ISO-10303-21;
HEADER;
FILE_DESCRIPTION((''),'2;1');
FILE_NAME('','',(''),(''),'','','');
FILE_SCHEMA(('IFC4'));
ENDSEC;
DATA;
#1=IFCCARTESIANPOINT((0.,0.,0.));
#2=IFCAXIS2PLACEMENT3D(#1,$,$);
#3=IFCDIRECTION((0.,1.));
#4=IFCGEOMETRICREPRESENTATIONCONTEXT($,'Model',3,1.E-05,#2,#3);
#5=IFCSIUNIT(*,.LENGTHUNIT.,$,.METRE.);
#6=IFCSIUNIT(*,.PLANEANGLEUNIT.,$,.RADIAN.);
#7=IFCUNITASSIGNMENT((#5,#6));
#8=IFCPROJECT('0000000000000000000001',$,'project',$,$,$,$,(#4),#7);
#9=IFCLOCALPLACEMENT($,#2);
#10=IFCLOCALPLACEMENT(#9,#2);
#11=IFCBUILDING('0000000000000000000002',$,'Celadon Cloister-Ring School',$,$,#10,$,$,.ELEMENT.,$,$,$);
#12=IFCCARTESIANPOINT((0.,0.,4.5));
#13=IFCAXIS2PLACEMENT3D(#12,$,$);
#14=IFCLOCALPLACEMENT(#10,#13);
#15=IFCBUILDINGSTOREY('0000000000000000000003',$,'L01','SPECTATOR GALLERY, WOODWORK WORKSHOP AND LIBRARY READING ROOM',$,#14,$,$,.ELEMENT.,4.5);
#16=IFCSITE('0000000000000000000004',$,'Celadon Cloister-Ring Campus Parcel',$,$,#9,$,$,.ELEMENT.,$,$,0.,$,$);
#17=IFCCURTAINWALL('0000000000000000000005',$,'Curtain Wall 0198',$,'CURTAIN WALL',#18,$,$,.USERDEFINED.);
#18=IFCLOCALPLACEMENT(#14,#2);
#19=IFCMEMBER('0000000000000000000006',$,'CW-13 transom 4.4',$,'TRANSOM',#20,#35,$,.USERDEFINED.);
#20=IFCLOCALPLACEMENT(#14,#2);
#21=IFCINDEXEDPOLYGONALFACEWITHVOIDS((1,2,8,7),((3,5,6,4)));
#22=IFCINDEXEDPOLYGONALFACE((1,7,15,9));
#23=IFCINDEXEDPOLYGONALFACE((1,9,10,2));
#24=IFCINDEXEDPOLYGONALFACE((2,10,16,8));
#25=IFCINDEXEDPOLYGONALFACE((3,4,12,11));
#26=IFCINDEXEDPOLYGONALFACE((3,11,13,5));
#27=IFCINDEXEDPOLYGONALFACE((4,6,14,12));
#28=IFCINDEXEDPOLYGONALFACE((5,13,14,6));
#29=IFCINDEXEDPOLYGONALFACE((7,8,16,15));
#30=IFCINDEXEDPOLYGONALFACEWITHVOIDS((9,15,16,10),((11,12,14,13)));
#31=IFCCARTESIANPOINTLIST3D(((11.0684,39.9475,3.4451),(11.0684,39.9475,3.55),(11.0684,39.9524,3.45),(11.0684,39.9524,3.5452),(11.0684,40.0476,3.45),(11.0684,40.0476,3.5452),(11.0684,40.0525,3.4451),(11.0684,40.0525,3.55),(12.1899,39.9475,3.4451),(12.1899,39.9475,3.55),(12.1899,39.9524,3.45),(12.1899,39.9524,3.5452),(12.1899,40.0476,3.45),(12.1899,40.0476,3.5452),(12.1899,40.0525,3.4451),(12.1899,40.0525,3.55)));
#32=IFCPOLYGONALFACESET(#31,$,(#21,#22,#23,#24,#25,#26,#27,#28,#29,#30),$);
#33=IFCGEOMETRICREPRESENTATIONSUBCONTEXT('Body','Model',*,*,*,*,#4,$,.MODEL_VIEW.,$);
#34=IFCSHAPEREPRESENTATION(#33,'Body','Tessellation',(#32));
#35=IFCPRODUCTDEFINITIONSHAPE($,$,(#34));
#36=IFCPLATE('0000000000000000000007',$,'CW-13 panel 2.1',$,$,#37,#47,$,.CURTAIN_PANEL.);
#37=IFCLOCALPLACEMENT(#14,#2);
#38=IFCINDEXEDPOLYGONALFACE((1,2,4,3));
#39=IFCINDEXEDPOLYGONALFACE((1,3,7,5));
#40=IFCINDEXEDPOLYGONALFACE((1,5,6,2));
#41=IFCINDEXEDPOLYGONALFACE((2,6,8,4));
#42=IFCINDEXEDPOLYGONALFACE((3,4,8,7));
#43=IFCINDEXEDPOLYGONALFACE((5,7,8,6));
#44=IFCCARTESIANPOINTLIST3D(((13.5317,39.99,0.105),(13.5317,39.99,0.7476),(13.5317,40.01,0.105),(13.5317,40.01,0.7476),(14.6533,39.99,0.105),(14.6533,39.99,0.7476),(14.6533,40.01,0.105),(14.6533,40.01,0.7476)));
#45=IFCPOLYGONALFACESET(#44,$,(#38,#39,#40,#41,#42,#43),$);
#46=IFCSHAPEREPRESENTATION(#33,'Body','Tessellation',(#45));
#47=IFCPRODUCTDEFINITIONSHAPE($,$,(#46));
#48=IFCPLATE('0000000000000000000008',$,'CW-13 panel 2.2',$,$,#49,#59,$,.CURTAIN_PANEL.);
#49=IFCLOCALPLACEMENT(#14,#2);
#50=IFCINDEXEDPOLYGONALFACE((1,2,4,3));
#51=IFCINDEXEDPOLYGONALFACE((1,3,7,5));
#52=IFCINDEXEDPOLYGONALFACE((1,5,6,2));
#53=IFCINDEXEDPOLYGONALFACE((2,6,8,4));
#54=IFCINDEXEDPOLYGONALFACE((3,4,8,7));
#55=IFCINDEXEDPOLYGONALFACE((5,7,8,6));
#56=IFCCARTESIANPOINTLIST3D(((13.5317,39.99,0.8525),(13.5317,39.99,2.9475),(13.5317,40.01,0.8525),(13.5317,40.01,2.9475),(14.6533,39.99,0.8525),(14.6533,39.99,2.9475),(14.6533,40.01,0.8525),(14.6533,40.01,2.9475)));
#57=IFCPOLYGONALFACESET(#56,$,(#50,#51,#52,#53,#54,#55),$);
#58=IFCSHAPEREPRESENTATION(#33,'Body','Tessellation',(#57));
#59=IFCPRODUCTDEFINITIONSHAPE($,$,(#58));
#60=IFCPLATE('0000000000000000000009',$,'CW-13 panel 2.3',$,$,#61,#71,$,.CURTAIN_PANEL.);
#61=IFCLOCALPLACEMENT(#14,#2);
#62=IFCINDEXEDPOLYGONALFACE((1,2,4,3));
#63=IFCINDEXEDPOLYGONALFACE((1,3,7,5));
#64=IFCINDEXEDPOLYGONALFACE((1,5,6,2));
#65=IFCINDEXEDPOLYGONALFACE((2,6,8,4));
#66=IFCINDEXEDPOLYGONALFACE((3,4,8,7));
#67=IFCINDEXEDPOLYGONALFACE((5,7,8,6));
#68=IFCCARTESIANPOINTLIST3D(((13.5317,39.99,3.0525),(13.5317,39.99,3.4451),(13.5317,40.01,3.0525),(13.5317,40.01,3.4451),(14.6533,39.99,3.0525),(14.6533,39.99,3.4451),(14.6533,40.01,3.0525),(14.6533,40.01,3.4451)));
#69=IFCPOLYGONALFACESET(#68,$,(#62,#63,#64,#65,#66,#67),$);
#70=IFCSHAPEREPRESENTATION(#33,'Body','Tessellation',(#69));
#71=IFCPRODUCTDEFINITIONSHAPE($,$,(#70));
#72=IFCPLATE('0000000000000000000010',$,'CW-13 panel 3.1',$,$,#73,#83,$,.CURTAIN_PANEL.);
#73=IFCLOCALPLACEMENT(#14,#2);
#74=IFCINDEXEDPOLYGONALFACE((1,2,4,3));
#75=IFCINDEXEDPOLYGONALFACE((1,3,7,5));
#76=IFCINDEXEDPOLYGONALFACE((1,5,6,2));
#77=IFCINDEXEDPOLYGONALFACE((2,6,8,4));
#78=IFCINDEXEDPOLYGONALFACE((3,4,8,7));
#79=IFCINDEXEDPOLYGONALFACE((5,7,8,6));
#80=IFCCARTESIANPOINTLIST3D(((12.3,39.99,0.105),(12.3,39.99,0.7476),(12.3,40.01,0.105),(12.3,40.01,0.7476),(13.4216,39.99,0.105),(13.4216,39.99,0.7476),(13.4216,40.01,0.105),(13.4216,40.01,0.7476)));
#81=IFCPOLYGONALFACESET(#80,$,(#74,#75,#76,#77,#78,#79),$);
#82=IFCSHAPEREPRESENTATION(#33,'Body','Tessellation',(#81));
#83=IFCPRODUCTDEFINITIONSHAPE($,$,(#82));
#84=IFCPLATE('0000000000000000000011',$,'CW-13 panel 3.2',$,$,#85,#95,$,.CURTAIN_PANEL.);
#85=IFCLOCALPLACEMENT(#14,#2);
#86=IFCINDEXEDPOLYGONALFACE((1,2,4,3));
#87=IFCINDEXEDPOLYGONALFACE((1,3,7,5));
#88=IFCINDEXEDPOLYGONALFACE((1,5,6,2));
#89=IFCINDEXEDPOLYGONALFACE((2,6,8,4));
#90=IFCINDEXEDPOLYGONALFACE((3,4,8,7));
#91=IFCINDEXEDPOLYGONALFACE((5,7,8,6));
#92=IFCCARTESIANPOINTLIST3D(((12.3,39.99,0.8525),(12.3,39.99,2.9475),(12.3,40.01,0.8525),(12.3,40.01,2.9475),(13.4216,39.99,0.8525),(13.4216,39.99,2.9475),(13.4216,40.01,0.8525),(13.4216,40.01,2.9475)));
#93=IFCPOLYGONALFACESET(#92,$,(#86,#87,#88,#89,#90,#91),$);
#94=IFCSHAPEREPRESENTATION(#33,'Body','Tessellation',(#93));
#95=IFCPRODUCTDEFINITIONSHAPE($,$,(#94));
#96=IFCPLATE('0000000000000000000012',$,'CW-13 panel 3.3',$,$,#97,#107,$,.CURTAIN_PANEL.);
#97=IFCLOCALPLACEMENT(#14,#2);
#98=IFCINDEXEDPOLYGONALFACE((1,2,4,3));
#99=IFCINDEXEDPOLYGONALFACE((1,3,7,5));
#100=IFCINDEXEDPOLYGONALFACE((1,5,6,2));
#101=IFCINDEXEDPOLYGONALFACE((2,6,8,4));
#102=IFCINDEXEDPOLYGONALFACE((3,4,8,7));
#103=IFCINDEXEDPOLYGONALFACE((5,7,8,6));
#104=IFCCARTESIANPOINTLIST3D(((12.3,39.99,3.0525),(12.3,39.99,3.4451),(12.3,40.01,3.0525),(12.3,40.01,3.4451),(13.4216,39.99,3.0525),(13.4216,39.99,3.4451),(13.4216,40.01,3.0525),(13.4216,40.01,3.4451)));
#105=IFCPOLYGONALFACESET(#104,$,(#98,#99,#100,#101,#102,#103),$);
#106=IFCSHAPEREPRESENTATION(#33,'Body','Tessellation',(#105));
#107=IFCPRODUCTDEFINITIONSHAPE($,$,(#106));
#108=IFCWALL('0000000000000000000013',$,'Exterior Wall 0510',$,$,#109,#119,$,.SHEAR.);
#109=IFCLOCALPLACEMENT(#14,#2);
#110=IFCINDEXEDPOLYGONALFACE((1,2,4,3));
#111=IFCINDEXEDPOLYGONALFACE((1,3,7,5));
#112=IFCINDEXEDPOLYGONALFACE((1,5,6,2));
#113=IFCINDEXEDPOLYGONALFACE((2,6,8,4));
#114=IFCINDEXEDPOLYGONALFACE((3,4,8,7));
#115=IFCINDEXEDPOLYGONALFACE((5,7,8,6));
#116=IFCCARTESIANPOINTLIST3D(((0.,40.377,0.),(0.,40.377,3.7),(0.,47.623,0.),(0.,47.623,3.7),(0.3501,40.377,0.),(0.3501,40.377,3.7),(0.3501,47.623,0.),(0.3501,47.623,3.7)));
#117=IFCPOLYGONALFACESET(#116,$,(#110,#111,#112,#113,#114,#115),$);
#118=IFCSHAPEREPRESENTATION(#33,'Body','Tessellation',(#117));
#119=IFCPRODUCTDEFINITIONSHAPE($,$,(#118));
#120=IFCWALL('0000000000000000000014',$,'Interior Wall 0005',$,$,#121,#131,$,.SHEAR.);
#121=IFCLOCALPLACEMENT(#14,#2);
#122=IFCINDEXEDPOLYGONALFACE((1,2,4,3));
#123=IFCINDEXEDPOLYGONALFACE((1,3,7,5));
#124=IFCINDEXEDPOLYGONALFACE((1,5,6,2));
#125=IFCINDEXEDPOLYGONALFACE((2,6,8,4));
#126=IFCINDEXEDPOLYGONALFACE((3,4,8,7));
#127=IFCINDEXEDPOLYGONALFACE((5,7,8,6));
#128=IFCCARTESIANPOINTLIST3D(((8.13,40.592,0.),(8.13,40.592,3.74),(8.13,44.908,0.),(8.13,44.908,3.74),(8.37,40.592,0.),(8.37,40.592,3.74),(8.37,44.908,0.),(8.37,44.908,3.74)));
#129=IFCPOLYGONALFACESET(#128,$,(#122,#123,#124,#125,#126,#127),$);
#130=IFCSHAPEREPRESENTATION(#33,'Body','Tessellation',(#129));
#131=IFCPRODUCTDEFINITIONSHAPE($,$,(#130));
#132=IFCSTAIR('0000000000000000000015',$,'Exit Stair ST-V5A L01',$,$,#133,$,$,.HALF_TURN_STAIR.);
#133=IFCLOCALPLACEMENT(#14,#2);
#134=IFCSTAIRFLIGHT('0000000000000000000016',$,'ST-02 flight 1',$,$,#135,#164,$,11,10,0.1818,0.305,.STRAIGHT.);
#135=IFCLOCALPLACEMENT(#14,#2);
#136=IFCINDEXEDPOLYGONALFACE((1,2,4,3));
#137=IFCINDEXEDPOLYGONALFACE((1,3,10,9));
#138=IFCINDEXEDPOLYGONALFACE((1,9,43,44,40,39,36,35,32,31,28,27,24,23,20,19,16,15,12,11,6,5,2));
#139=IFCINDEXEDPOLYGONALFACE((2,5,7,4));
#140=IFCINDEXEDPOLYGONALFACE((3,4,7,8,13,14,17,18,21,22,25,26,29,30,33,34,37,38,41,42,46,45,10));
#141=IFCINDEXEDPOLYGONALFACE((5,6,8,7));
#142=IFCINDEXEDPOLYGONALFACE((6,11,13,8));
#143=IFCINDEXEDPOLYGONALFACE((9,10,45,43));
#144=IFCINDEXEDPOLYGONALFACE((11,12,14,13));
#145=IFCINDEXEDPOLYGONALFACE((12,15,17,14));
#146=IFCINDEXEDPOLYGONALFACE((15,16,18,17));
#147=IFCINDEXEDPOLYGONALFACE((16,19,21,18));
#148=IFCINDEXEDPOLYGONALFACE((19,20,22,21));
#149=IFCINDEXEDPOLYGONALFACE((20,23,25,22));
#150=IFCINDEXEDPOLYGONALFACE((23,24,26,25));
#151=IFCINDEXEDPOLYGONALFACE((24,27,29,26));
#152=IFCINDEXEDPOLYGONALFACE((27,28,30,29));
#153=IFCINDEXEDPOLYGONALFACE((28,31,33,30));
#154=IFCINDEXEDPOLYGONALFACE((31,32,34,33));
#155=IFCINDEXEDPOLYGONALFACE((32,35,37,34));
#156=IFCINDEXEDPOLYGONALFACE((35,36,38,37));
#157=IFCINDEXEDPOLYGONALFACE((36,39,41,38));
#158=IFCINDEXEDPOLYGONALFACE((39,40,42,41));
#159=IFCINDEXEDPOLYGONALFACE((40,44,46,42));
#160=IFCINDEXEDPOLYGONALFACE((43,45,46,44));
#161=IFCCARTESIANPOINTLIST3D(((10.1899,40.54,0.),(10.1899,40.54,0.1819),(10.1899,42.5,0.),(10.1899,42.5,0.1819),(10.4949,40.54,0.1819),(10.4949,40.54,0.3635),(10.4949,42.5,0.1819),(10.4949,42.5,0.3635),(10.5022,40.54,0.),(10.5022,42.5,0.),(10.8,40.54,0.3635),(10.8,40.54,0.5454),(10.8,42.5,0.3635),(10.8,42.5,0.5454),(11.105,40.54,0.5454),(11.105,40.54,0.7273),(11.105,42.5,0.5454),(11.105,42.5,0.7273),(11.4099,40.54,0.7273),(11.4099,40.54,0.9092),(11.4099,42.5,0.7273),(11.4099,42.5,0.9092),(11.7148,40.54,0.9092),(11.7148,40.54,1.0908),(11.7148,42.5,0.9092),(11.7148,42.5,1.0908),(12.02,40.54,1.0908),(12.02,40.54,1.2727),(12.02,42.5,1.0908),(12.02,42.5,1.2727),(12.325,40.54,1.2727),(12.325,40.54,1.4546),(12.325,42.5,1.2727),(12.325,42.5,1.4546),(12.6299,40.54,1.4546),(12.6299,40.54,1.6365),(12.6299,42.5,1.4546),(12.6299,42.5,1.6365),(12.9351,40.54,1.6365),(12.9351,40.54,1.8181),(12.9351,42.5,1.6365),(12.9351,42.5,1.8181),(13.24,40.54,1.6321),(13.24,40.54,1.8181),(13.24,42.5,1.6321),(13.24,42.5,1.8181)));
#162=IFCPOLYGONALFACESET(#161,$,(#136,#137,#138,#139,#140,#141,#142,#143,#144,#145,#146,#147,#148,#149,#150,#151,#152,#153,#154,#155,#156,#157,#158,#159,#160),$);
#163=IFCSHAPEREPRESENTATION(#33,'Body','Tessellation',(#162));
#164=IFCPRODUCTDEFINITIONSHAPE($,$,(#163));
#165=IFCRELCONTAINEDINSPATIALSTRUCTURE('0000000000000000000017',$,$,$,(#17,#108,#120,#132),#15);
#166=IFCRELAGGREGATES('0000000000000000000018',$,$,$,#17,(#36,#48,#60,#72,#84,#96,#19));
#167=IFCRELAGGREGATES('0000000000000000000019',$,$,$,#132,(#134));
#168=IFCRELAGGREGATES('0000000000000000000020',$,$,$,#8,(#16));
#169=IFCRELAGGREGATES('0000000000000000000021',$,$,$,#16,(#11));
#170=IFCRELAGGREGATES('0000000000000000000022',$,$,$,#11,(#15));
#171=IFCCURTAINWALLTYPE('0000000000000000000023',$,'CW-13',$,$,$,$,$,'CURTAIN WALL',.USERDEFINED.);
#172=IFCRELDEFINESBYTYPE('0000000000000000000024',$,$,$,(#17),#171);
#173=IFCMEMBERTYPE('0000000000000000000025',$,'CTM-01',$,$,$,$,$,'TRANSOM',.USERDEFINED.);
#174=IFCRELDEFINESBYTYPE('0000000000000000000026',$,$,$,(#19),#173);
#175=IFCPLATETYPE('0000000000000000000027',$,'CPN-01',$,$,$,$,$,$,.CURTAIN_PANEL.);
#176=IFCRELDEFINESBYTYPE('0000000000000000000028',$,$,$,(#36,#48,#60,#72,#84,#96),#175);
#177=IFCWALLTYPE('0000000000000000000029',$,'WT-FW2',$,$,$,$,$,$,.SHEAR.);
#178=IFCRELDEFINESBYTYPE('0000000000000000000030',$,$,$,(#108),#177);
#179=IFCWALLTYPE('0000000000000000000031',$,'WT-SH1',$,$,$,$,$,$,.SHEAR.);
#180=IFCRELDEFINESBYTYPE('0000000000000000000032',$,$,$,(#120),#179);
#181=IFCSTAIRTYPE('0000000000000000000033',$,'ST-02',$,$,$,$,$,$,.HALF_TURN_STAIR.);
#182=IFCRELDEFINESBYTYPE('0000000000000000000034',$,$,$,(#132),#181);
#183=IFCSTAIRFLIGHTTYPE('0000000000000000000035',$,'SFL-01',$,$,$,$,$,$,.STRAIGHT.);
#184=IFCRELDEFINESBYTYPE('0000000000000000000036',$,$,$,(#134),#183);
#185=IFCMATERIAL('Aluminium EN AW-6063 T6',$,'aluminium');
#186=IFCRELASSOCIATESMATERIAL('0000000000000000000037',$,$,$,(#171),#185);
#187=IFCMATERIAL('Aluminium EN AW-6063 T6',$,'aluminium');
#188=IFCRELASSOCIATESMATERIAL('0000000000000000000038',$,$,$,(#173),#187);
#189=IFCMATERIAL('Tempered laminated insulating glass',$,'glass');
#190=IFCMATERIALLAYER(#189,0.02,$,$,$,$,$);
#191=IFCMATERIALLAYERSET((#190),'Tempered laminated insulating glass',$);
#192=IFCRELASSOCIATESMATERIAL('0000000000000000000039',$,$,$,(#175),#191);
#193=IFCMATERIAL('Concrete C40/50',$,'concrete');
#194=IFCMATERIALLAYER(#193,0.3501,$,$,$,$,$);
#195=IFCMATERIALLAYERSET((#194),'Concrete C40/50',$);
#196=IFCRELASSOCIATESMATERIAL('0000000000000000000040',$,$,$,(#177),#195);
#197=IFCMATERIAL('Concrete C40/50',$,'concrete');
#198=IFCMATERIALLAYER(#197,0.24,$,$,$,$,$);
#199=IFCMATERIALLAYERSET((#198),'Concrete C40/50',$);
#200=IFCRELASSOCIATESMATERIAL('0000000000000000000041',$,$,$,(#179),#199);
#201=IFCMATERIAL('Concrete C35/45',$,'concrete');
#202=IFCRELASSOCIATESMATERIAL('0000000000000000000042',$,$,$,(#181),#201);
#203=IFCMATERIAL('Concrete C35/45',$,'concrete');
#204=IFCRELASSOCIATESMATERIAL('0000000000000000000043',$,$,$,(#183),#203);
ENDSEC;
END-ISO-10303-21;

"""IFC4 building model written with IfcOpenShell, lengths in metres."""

from ifc_helpers import new_model, si_unit, direction, frame, frame_2d, origin, origin_2d, place, context, subcontext, project, spatial, polyline, rectangle, hollow_rectangle, outline, extrude, material, layer, layer_set, material_profile, profile_set, type_object, element, aggregate, save


model = new_model("IFC4")

# Units and contexts
model_context = context("Model", 3, precision=1e-05, world=origin(), true_north=direction((0.0, 1.0)))
body_context = subcontext(model_context, "Body", "Model", "MODEL_VIEW")
ifc_project = project(units=[si_unit("LENGTHUNIT", "METRE"), si_unit("PLANEANGLEUNIT", "RADIAN")], contexts=[model_context])

# Site, building, storey
site_placement = place(None, origin())
site = spatial("IfcSite", under=ifc_project, at=site_placement, Name="Celadon Cloister-Ring Campus Parcel", CompositionType="ELEMENT", RefElevation=0.0)
building_placement = place(site_placement, origin())
building = spatial("IfcBuilding", under=site, at=building_placement, Name="Celadon Cloister-Ring School", CompositionType="ELEMENT")
storey_placement = place(building_placement, frame((0.0, 0.0, 4.5)))
storey = spatial("IfcBuildingStorey", under=building, at=storey_placement, Name="L01", Description="SPECTATOR GALLERY, WOODWORK WORKSHOP AND LIBRARY READING ROOM", CompositionType="ELEMENT", Elevation=4.5)

# Curtain wall, member, plates
ifc_material_1 = material(Name="Aluminium EN AW-6063 T6", Category="aluminium")
curtain_wall_type = type_object("IfcCurtainWallType", Name="CW-13", ElementType="CURTAIN WALL", PredefinedType="USERDEFINED", material=ifc_material_1)
curtain_wall_placement = place(storey_placement, origin())
curtain_wall = element("IfcCurtainWall", 1, at=curtain_wall_placement, inside=storey, type_object=curtain_wall_type, Name="Curtain Wall 0198", ObjectType="CURTAIN WALL", PredefinedType="USERDEFINED")
ifc_material_2 = material(Name="Aluminium EN AW-6063 T6", Category="aluminium")
ifc_material_profile_1 = material_profile(ifc_material_2, hollow_rectangle(XDim=0.105, YDim=0.105, WallThickness=0.0049, at=origin_2d()), Name="RHS105X105X5")
ifc_profile_set_1 = profile_set([ifc_material_profile_1], Name="Aluminium EN AW-6063 T6")
member_type_1 = type_object("IfcMemberType", Name="CTM-01", ElementType="TRANSOM", PredefinedType="USERDEFINED", material=ifc_profile_set_1)
member_1_placement = place(storey_placement, frame((12.1899, 40.0, 3.4976), z_axis=(-1.0, 0.0, 0.0), x_axis=(0.0, -1.0, 0.0)))
member_1 = element("IfcMember", 2, at=member_1_placement, type_object=member_type_1, Name="CW-13 transom 4.4", ObjectType="TRANSOM", PredefinedType="USERDEFINED", context=body_context, shape_type="SweptSolid", body=[
    extrude(hollow_rectangle(XDim=0.105, YDim=0.105, WallThickness=0.0049, at=origin_2d()), origin(), (0.0, 0.0, 1.0), 1.1216),
])
ifc_material_3 = material(Name="Tempered laminated insulating glass", Category="glass")
ifc_layer_1 = layer(ifc_material_3, 0.02)
ifc_layer_set_1 = layer_set([ifc_layer_1], Name="Tempered laminated insulating glass")
plate_type = type_object("IfcPlateType", Name="CPN-01", PredefinedType="CURTAIN_PANEL", material=ifc_layer_set_1)
plate_1_placement = place(storey_placement, frame((14.0925, 40.0, 0.105), z_axis=(0.0, 0.0, 1.0), x_axis=(-1.0, 0.0, 0.0)))
plate_1 = element("IfcPlate", 3, at=plate_1_placement, type_object=plate_type, Name="CW-13 panel 2.1", PredefinedType="CURTAIN_PANEL", context=body_context, shape_type="SweptSolid", body=[
    extrude(rectangle(XDim=1.1216, YDim=0.02, at=origin_2d()), origin(), (0.0, 0.0, 1.0), 0.6426),
])
plate_2_placement = place(storey_placement, frame((14.0925, 40.0, 0.8525), z_axis=(0.0, 0.0, 1.0), x_axis=(-1.0, 0.0, 0.0)))
plate_2 = element("IfcPlate", 4, at=plate_2_placement, type_object=plate_type, Name="CW-13 panel 2.2", PredefinedType="CURTAIN_PANEL", context=body_context, shape_type="SweptSolid", body=[
    extrude(rectangle(XDim=1.1216, YDim=0.02, at=origin_2d()), origin(), (0.0, 0.0, 1.0), 2.095),
])
plate_3_placement = place(storey_placement, frame((14.0925, 40.0, 3.0525), z_axis=(0.0, 0.0, 1.0), x_axis=(-1.0, 0.0, 0.0)))
plate_3 = element("IfcPlate", 5, at=plate_3_placement, type_object=plate_type, Name="CW-13 panel 2.3", PredefinedType="CURTAIN_PANEL", context=body_context, shape_type="SweptSolid", body=[
    extrude(rectangle(XDim=1.1216, YDim=0.02, at=origin_2d()), origin(), (0.0, 0.0, 1.0), 0.3926),
])
plate_4_placement = place(storey_placement, frame((12.8608, 40.0, 0.105), z_axis=(0.0, 0.0, 1.0), x_axis=(-1.0, 0.0, 0.0)))
plate_4 = element("IfcPlate", 6, at=plate_4_placement, type_object=plate_type, Name="CW-13 panel 3.1", PredefinedType="CURTAIN_PANEL", context=body_context, shape_type="SweptSolid", body=[
    extrude(rectangle(XDim=1.1216, YDim=0.02, at=origin_2d()), origin(), (0.0, 0.0, 1.0), 0.6426),
])
plate_5_placement = place(storey_placement, frame((12.8608, 40.0, 0.8525), z_axis=(0.0, 0.0, 1.0), x_axis=(-1.0, 0.0, 0.0)))
plate_5 = element("IfcPlate", 7, at=plate_5_placement, type_object=plate_type, Name="CW-13 panel 3.2", PredefinedType="CURTAIN_PANEL", context=body_context, shape_type="SweptSolid", body=[
    extrude(rectangle(XDim=1.1216, YDim=0.02, at=origin_2d()), origin(), (0.0, 0.0, 1.0), 2.095),
])
plate_6_placement = place(storey_placement, frame((12.8608, 40.0, 3.0525), z_axis=(0.0, 0.0, 1.0), x_axis=(-1.0, 0.0, 0.0)))
plate_6 = element("IfcPlate", 8, at=plate_6_placement, type_object=plate_type, Name="CW-13 panel 3.3", PredefinedType="CURTAIN_PANEL", context=body_context, shape_type="SweptSolid", body=[
    extrude(rectangle(XDim=1.1216, YDim=0.02, at=origin_2d()), origin(), (0.0, 0.0, 1.0), 0.3926),
])
aggregate(curtain_wall, [plate_1, plate_2, plate_3, plate_4, plate_5, plate_6, member_1])

# Walls
ifc_material_4 = material(Name="Concrete C40/50", Category="concrete")
ifc_layer_2 = layer(ifc_material_4, 0.3501)
ifc_layer_set_2 = layer_set([ifc_layer_2], Name="Concrete C40/50")
wall_type_1 = type_object("IfcWallType", Name="WT-FW2", PredefinedType="SHEAR", material=ifc_layer_set_2)
wall_1_placement = place(storey_placement, frame((0.175, 40.377, 0.0), z_axis=(0.0, 0.0, 1.0), x_axis=(0.0, 1.0, 0.0)))
element("IfcWall", 9, at=wall_1_placement, inside=storey, type_object=wall_type_1, Name="Exterior Wall 0510", PredefinedType="SHEAR", context=body_context, shape_type="SweptSolid", body=[
    extrude(rectangle(XDim=7.2461, YDim=0.3501, at=frame_2d((3.623, 0.0))), origin(), (0.0, 0.0, 1.0), 3.7),
])
ifc_material_5 = material(Name="Concrete C40/50", Category="concrete")
ifc_layer_3 = layer(ifc_material_5, 0.24)
ifc_layer_set_3 = layer_set([ifc_layer_3], Name="Concrete C40/50")
wall_type_2 = type_object("IfcWallType", Name="WT-SH1", PredefinedType="SHEAR", material=ifc_layer_set_3)
wall_2_placement = place(storey_placement, frame((8.25, 40.592, 0.0), z_axis=(0.0, 0.0, 1.0), x_axis=(0.0, 1.0, 0.0)))
element("IfcWall", 10, at=wall_2_placement, inside=storey, type_object=wall_type_2, Name="Interior Wall 0005", PredefinedType="SHEAR", context=body_context, shape_type="SweptSolid", body=[
    extrude(rectangle(XDim=4.3159, YDim=0.24, at=frame_2d((2.158, 0.0))), origin(), (0.0, 0.0, 1.0), 3.74),
])

# Stair, stair flight
ifc_material_6 = material(Name="Concrete C35/45", Category="concrete")
stair_type = type_object("IfcStairType", Name="ST-02", PredefinedType="HALF_TURN_STAIR", material=ifc_material_6)
stair_placement = place(storey_placement, origin())
stair = element("IfcStair", 11, at=stair_placement, inside=storey, type_object=stair_type, Name="Exit Stair ST-V5A L01", PredefinedType="HALF_TURN_STAIR")
ifc_material_7 = material(Name="Concrete C35/45", Category="concrete")
stair_flight_type = type_object("IfcStairFlightType", Name="SFL-01", PredefinedType="STRAIGHT", material=ifc_material_7)
stair_flight_1_placement = place(storey_placement, frame((10.1899, 41.52, 0.0), z_axis=(0.0, 0.0, 1.0), x_axis=(1.0, 0.0, 0.0)))
stair_flight_1 = element("IfcStairFlight", 12, at=stair_flight_1_placement, type_object=stair_flight_type, Name="ST-02 flight 1", NumberOfRisers=11, NumberOfTreads=10, PredefinedType="STRAIGHT", RiserHeight=0.1818, TreadLength=0.305, context=body_context, shape_type="SweptSolid", body=[
    extrude(outline(polyline([(0.0, 0.0), (0.0, 0.1819), (0.3049, 0.1819), (0.3049, 0.3635), (0.6101, 0.3635), (0.6101, 0.5454), (0.915, 0.5454), (0.915, 0.7273), (1.22, 0.7273), (1.22, 0.9092), (1.5249, 0.9092), (1.5249, 1.0908), (1.8301, 1.0908), (1.8301, 1.2727), (2.135, 1.2727), (2.135, 1.4546), (2.4399, 1.4546), (2.4399, 1.6365), (2.7451, 1.6365), (2.7451, 1.8181), (3.05, 1.8181), (3.05, 2.0), (3.05, 1.6321), (0.3123, 0.0), (0.0, 0.0)])), frame((0.0, 0.98, 0.0), z_axis=(0.0, -1.0, 0.0), x_axis=(1.0, 0.0, 0.0)), (0.0, 0.0, 1.0), 1.96),
])
aggregate(stair, [stair_flight_1])

save(model, "model.ifc")
